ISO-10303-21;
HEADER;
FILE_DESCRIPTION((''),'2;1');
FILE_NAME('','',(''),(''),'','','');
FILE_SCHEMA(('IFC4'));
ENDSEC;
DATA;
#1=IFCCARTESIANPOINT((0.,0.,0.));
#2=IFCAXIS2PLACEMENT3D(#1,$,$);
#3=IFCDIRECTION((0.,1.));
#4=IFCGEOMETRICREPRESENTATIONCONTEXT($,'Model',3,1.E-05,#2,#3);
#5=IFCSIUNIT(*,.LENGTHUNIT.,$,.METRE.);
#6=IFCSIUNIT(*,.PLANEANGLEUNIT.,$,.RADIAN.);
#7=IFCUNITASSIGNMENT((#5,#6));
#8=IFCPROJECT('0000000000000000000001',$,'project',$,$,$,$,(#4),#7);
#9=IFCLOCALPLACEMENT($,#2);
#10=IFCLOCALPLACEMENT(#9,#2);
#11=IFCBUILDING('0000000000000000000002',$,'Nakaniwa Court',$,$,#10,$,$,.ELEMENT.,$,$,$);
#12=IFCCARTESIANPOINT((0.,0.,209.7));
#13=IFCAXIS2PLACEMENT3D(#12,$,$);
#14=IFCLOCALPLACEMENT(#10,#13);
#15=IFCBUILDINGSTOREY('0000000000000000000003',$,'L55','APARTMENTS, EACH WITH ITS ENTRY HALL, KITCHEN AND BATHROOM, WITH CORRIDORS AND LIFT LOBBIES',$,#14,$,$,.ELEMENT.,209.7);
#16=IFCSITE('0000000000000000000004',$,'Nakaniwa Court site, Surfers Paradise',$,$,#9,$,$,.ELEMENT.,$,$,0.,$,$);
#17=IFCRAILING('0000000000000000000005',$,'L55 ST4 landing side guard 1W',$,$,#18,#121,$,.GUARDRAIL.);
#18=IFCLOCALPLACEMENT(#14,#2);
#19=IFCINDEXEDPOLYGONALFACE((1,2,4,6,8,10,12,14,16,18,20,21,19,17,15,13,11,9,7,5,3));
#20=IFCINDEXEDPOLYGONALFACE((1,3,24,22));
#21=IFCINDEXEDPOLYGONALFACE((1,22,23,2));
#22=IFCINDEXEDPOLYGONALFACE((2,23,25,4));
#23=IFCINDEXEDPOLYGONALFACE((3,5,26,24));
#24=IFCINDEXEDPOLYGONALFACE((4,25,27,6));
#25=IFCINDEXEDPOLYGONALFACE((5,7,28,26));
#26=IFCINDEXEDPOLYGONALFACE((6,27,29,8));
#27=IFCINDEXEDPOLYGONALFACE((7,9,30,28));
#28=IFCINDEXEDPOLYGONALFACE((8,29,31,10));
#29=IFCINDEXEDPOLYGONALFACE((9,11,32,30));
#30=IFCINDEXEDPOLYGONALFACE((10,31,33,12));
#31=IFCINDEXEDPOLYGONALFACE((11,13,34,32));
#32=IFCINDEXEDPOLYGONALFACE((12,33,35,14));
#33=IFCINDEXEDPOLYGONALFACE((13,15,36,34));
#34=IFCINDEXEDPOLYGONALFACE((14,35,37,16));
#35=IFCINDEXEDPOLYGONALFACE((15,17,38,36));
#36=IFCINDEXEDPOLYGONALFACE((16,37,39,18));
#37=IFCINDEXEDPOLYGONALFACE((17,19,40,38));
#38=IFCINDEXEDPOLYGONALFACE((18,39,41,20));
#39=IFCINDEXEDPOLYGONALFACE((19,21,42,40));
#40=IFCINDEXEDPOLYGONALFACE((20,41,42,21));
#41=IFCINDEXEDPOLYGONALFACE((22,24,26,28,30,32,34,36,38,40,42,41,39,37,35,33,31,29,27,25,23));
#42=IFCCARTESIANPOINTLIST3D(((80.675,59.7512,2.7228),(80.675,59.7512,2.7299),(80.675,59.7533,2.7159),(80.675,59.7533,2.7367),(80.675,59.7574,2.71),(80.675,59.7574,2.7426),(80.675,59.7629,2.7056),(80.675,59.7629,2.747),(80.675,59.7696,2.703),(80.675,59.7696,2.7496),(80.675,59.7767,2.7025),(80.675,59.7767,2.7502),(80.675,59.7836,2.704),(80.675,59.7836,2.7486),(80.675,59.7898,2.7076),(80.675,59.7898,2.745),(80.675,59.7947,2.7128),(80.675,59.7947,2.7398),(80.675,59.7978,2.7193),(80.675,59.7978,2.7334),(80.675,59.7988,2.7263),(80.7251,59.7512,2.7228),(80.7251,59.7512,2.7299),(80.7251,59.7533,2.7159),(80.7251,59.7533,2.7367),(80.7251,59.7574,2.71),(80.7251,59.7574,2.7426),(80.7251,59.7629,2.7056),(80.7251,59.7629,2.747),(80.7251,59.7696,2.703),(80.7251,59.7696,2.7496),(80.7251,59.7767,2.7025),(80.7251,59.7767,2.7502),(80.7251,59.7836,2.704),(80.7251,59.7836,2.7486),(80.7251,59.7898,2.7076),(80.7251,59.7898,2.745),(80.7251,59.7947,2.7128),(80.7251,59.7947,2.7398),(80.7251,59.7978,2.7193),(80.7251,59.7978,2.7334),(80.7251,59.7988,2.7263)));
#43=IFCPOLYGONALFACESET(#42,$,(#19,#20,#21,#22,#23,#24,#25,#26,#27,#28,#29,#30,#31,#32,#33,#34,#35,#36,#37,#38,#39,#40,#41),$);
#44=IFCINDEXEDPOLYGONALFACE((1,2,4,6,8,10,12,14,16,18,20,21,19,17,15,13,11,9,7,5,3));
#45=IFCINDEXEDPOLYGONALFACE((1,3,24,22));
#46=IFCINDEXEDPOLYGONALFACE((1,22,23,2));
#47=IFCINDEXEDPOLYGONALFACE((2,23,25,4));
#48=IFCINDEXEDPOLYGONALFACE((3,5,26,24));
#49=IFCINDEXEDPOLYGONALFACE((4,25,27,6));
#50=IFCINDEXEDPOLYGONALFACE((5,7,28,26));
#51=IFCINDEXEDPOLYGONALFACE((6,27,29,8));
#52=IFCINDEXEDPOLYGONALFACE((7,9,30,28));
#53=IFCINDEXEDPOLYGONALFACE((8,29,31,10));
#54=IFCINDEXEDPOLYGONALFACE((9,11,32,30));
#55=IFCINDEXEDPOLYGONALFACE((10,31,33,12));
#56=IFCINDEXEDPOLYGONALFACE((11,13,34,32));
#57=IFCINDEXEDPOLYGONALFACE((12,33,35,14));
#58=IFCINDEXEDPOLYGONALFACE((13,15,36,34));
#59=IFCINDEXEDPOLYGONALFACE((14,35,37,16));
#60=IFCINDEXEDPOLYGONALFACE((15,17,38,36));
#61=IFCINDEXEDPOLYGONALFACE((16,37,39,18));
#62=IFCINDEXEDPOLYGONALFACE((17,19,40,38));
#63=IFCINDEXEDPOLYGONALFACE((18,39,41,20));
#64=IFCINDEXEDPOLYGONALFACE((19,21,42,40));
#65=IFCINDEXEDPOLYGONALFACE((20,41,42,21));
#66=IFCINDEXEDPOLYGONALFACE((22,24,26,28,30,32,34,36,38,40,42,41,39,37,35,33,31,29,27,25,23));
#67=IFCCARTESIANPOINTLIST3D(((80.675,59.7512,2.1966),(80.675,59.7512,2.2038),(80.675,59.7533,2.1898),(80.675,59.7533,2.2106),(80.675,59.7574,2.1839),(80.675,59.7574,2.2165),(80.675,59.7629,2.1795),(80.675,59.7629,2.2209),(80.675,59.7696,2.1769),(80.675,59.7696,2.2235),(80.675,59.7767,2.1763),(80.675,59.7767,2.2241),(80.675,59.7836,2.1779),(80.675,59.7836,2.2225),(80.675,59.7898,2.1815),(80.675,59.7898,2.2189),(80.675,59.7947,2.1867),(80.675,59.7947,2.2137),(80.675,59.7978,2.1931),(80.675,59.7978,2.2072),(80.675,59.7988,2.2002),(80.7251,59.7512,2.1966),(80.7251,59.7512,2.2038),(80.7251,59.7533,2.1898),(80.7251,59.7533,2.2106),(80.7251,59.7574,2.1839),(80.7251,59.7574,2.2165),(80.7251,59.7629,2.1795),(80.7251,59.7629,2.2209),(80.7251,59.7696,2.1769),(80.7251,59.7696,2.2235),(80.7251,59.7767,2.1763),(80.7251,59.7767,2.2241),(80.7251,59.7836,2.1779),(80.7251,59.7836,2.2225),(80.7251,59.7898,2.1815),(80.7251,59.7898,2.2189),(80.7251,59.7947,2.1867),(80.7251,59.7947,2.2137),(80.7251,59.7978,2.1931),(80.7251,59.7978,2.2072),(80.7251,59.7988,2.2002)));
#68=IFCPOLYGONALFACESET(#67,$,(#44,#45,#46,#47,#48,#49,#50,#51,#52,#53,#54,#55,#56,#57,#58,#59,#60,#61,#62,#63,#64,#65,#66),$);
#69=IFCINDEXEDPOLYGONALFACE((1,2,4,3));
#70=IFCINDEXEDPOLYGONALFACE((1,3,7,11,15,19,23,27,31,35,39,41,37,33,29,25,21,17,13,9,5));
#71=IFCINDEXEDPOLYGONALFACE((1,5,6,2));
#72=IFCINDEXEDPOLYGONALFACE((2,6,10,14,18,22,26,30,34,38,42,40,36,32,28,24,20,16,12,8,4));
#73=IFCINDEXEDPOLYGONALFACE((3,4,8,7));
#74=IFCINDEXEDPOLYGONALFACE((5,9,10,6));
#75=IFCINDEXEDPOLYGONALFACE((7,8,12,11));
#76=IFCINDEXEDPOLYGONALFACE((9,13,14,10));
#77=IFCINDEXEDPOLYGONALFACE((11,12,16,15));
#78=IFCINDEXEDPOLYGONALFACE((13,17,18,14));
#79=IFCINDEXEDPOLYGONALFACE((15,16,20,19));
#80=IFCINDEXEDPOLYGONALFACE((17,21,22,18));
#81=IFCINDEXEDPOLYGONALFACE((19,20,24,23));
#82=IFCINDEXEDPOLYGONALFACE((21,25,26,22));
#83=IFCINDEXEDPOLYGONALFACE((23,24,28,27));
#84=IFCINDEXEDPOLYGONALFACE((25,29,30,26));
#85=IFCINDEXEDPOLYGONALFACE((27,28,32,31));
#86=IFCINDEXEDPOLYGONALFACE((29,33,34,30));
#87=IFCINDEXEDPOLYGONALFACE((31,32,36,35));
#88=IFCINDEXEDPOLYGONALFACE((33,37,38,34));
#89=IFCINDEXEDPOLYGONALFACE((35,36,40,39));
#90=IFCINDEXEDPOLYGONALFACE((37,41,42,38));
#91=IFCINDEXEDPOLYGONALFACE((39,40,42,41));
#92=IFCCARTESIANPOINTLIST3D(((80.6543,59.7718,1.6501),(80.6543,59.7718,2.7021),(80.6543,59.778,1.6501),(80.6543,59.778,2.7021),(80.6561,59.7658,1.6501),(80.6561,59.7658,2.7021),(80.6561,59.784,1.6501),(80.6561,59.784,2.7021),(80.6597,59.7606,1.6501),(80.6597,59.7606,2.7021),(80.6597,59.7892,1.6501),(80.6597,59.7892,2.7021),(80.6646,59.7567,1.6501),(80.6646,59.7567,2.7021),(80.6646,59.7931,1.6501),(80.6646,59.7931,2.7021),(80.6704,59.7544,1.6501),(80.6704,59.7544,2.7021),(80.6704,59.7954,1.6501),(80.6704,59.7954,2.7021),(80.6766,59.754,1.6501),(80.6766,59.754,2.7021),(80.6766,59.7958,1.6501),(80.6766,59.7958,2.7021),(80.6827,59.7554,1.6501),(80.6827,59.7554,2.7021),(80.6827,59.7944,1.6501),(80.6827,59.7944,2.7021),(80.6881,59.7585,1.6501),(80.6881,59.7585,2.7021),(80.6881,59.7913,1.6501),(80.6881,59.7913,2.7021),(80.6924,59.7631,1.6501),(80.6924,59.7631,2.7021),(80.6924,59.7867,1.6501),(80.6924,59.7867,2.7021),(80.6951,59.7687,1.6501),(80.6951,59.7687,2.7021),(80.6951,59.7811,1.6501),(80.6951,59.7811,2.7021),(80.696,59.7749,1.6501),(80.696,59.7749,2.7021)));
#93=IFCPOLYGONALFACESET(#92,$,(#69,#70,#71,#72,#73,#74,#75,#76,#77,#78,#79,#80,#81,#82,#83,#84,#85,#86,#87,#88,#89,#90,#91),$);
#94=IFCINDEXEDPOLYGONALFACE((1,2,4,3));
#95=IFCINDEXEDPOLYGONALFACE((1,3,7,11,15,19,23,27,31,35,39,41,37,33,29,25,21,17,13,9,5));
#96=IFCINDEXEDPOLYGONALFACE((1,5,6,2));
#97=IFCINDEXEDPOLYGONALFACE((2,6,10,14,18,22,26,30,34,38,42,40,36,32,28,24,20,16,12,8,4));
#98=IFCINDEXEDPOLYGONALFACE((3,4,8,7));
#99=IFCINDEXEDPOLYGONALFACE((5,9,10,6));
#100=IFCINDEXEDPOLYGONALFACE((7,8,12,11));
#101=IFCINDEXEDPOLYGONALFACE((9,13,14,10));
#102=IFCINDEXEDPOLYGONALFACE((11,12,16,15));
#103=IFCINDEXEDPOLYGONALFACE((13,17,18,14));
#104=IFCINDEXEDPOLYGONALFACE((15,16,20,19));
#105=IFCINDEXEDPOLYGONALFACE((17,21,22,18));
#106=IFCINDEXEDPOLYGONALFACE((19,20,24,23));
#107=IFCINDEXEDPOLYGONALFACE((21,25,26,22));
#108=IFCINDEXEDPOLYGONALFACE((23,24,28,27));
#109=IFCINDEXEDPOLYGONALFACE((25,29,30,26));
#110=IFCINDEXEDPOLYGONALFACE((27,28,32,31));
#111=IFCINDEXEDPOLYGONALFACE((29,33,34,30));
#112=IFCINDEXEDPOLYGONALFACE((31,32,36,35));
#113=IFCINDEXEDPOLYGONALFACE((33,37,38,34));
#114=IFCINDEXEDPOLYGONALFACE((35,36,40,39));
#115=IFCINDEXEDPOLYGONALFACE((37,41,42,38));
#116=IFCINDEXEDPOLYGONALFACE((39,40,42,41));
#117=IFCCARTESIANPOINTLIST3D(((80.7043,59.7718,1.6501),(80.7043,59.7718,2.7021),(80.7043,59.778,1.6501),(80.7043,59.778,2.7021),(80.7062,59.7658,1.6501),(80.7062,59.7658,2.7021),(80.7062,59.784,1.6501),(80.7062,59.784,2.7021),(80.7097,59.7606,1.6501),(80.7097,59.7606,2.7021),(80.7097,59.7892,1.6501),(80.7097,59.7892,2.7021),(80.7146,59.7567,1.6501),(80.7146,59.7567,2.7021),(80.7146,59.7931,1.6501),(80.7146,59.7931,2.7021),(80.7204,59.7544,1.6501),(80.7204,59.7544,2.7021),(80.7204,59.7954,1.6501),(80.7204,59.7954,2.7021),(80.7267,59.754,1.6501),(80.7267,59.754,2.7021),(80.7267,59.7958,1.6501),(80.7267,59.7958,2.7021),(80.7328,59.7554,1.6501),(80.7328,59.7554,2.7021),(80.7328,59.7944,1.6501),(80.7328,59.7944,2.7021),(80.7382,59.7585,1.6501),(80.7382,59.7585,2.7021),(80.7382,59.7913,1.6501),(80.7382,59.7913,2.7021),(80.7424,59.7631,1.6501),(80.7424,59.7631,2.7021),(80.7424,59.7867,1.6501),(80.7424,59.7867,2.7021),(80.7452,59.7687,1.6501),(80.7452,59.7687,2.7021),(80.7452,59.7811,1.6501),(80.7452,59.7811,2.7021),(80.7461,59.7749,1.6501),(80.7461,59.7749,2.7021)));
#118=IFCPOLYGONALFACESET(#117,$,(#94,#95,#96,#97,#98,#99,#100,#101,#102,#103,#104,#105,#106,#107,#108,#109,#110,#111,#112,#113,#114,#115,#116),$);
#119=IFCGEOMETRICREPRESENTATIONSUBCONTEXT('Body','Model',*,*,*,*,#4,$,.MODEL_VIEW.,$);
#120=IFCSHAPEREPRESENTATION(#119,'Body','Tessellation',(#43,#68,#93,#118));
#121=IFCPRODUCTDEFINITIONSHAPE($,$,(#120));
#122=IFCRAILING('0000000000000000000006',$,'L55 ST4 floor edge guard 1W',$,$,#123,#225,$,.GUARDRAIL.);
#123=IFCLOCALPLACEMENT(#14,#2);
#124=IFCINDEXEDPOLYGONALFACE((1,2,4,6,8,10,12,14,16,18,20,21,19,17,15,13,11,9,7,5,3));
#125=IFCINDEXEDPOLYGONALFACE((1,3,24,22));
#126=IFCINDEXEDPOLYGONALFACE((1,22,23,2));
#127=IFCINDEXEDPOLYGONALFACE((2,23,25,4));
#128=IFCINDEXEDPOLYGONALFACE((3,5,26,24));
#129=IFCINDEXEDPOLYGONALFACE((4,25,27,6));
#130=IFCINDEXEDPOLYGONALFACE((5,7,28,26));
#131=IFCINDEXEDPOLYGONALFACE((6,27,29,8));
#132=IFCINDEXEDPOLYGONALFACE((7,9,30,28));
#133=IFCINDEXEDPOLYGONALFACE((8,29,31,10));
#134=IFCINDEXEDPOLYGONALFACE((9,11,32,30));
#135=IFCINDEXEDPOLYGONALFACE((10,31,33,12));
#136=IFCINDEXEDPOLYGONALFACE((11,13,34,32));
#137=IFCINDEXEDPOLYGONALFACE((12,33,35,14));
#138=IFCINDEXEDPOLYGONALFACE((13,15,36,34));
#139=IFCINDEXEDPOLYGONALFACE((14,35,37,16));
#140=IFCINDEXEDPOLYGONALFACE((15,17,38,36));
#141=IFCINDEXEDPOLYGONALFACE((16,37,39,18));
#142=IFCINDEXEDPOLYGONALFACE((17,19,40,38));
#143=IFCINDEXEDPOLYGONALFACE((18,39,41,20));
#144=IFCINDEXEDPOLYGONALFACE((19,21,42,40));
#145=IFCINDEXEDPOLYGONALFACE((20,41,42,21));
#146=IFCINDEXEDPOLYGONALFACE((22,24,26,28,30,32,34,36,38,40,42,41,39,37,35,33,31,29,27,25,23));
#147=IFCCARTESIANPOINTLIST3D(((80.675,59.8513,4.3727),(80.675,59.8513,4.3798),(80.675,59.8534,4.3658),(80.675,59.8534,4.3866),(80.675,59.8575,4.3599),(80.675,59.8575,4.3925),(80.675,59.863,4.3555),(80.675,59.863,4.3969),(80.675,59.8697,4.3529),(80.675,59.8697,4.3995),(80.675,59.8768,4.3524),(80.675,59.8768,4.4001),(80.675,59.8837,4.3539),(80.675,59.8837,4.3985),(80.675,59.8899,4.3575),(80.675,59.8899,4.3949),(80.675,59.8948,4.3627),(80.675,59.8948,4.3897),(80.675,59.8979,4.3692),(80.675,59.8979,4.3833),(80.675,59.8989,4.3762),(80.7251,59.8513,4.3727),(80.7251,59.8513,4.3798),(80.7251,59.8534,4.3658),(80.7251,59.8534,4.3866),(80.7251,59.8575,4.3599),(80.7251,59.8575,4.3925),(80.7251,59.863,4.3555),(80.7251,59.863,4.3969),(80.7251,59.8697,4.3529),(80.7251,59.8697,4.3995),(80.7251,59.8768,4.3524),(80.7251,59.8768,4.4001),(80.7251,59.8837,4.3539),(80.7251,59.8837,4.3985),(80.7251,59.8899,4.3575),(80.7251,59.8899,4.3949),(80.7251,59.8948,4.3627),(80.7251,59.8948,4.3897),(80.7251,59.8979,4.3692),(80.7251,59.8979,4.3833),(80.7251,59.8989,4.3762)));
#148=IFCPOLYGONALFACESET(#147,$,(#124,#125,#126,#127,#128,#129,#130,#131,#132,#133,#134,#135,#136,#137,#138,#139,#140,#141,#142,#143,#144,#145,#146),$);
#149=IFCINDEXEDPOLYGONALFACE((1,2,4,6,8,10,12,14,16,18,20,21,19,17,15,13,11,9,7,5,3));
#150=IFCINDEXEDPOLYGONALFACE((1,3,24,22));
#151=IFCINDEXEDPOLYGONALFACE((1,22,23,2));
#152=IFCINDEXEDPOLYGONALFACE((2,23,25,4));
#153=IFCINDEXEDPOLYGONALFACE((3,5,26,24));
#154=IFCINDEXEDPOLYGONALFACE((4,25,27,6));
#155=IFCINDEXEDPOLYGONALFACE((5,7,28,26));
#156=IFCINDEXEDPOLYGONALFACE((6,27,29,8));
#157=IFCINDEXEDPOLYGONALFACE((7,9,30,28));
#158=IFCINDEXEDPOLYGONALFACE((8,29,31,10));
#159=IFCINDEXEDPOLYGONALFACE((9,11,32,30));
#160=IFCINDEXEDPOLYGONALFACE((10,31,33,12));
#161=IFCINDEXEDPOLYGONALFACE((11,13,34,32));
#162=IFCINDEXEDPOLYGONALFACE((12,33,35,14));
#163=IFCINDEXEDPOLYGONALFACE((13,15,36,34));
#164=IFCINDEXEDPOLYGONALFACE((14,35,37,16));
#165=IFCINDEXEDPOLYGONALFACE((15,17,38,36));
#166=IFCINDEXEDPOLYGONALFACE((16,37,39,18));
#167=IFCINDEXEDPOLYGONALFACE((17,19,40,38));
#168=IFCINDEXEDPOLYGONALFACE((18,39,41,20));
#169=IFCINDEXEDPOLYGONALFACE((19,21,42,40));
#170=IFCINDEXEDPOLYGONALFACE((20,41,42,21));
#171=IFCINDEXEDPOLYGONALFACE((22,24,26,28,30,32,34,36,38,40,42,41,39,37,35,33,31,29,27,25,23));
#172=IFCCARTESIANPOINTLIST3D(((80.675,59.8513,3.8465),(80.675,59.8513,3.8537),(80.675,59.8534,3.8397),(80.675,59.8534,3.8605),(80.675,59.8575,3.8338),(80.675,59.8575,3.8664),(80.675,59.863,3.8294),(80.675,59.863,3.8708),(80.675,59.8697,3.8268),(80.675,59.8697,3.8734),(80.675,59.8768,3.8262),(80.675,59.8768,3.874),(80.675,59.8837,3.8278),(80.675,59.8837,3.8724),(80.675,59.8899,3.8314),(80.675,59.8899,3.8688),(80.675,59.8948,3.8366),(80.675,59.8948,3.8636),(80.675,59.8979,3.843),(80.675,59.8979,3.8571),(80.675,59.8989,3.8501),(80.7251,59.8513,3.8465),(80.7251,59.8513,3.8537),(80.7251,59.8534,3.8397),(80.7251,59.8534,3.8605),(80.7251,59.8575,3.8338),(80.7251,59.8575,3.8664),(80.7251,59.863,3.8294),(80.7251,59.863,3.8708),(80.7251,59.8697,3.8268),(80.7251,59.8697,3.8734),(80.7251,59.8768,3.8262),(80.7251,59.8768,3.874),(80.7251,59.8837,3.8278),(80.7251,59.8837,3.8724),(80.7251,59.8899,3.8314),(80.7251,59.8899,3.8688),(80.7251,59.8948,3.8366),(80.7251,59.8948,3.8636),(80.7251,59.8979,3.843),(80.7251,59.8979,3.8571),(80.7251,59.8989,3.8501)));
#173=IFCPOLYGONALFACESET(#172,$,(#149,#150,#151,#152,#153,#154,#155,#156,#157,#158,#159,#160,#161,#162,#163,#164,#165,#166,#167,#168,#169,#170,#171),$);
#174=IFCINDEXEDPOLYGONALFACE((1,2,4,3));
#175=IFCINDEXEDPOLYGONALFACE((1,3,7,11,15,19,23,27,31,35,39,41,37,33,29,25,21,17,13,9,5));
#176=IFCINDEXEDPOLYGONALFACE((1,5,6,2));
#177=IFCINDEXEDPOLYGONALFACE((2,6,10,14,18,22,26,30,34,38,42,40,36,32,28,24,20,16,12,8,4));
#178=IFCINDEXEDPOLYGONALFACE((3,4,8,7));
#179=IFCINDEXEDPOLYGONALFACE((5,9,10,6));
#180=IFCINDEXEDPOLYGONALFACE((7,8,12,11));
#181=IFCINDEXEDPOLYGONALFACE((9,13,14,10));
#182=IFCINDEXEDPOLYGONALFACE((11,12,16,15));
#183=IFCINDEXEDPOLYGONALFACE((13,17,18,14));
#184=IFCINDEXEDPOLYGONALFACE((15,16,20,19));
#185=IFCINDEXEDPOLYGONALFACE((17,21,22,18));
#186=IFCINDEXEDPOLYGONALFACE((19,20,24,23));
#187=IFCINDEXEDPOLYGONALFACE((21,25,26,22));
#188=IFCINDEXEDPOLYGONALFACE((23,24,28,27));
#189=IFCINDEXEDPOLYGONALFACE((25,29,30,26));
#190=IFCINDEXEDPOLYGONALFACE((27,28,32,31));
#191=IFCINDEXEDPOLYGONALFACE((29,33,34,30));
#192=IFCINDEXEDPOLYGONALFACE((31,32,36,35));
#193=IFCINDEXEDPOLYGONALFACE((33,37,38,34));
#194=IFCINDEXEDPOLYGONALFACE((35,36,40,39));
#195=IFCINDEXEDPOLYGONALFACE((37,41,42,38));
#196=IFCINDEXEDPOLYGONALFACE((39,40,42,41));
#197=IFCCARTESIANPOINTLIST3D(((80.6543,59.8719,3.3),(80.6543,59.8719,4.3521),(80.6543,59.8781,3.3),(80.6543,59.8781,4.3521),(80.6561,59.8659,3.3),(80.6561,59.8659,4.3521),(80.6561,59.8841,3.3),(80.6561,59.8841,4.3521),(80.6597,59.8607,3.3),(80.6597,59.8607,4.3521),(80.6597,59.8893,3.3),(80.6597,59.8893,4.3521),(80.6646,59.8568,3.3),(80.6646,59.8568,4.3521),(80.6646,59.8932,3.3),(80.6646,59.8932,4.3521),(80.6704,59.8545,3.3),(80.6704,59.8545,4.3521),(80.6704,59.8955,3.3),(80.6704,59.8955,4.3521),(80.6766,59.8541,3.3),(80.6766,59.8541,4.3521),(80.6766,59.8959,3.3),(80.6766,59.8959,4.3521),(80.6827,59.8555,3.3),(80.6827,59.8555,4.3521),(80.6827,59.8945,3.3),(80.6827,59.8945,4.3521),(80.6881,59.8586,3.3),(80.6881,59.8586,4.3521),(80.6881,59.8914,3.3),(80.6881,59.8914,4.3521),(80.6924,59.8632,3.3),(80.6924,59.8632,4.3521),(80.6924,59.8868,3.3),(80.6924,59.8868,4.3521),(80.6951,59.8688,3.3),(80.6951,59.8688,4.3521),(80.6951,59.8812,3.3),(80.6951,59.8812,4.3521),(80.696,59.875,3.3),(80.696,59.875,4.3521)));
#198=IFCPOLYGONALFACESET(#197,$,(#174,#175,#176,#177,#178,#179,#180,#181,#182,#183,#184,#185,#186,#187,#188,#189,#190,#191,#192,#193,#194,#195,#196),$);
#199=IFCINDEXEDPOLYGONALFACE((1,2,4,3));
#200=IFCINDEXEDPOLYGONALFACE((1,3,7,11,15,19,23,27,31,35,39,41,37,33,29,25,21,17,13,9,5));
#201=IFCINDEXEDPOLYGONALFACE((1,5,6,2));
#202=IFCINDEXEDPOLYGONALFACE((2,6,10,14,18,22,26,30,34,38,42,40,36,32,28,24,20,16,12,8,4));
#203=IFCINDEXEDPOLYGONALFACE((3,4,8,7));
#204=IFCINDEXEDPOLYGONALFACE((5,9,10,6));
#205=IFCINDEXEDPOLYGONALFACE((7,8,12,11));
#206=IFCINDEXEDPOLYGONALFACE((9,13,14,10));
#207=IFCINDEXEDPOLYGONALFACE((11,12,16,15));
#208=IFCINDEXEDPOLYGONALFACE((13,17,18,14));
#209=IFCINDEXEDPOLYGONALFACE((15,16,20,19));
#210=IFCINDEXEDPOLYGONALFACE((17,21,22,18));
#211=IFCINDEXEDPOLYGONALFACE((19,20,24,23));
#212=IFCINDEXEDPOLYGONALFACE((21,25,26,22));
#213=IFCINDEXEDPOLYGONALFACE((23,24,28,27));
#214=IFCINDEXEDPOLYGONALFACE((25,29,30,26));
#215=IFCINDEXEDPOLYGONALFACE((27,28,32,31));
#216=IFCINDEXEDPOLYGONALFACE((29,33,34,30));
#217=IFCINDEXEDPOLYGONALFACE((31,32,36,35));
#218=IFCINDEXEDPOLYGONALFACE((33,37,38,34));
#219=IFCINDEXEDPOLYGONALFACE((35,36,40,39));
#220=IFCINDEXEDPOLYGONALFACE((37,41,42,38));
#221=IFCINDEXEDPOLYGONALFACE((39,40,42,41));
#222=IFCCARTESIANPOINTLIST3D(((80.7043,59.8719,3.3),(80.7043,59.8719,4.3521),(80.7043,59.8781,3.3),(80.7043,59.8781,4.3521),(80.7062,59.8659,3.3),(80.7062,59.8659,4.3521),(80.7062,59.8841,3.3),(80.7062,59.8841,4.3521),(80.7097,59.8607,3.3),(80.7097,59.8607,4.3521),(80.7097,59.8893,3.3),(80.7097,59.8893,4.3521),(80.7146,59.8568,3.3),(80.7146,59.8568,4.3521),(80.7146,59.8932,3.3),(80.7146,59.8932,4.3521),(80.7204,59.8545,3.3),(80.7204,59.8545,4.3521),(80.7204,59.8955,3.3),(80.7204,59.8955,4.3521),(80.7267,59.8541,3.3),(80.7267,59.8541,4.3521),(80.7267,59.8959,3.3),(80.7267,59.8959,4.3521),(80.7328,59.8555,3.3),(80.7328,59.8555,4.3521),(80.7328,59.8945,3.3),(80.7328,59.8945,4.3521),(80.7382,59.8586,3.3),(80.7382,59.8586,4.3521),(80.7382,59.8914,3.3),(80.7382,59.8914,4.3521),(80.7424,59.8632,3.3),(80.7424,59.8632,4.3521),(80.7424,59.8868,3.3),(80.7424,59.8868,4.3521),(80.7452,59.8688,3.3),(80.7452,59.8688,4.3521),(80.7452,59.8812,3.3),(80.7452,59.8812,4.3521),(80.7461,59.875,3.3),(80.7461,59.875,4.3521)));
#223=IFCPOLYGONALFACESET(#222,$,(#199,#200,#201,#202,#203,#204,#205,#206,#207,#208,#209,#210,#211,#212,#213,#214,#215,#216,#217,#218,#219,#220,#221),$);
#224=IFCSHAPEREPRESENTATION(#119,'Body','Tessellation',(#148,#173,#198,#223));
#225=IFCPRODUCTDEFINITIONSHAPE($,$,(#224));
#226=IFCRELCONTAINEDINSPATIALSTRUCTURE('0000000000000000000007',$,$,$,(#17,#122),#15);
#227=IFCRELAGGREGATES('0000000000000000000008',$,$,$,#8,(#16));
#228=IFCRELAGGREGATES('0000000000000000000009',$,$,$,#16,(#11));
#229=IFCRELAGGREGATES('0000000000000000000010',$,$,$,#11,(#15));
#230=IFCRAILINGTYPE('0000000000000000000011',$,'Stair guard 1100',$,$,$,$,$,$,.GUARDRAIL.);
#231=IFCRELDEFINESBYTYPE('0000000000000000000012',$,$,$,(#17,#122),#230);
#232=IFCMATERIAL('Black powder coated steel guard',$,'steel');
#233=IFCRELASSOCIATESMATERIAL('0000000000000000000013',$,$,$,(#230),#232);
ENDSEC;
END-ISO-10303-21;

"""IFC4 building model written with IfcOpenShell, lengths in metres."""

from ifc_helpers import new_model, si_unit, direction, frame, origin, origin_2d, place, context, subcontext, project, spatial, circle, extrude, material, type_object, element, save


model = new_model("IFC4")

# Units and contexts
model_context = context("Model", 3, precision=1e-05, world=origin(), true_north=direction((0.0, 1.0)))
body_context = subcontext(model_context, "Body", "Model", "MODEL_VIEW")
ifc_project = project(units=[si_unit("LENGTHUNIT", "METRE"), si_unit("PLANEANGLEUNIT", "RADIAN")], contexts=[model_context])

# Site, building, storey
site_placement = place(None, origin())
site = spatial("IfcSite", under=ifc_project, at=site_placement, Name="Nakaniwa Court site, Surfers Paradise", CompositionType="ELEMENT", RefElevation=0.0)
building_placement = place(site_placement, origin())
building = spatial("IfcBuilding", under=site, at=building_placement, Name="Nakaniwa Court", CompositionType="ELEMENT")
storey_placement = place(building_placement, frame((0.0, 0.0, 209.7)))
storey = spatial("IfcBuildingStorey", under=building, at=storey_placement, Name="L55", Description="APARTMENTS, EACH WITH ITS ENTRY HALL, KITCHEN AND BATHROOM, WITH CORRIDORS AND LIFT LOBBIES", CompositionType="ELEMENT", Elevation=209.7)

# Railings
ifc_material_1 = material(Name="Black powder coated steel guard", Category="steel")
railing_type_1 = type_object("IfcRailingType", Name="Stair guard 1100", PredefinedType="GUARDRAIL", material=ifc_material_1)
for number, where, name in (
    (1, (80.675, 59.7749, 1.6501), "L55 ST4 landing side guard 1W"),
    (2, (80.675, 59.875, 3.3), "L55 ST4 floor edge guard 1W"),
):
    element("IfcRailing", number, at=place(storey_placement, frame(where)), inside=storey, type_object=railing_type_1, Name=name, PredefinedType="GUARDRAIL", context=body_context, shape_type="SweptSolid", body=[
        extrude(circle(Radius=0.0239, at=origin_2d()), frame((0.0, 0.0, 1.0762), z_axis=(1.0, 0.0, 0.0), x_axis=(0.0, 1.0, 0.0)), (0.0, 0.0, 1.0), 0.05),
        extrude(circle(Radius=0.0239, at=origin_2d()), frame((0.0, 0.0, 0.55), z_axis=(1.0, 0.0, 0.0), x_axis=(0.0, 1.0, 0.0)), (0.0, 0.0, 1.0), 0.05),
        extrude(circle(Radius=0.021, at=origin_2d()), origin(), (0.0, 0.0, 1.0), 1.052),
        extrude(circle(Radius=0.021, at=origin_2d()), frame((0.05, 0.0, 0.0)), (0.0, 0.0, 1.0), 1.052),
    ])

save(model, "model.ifc")
